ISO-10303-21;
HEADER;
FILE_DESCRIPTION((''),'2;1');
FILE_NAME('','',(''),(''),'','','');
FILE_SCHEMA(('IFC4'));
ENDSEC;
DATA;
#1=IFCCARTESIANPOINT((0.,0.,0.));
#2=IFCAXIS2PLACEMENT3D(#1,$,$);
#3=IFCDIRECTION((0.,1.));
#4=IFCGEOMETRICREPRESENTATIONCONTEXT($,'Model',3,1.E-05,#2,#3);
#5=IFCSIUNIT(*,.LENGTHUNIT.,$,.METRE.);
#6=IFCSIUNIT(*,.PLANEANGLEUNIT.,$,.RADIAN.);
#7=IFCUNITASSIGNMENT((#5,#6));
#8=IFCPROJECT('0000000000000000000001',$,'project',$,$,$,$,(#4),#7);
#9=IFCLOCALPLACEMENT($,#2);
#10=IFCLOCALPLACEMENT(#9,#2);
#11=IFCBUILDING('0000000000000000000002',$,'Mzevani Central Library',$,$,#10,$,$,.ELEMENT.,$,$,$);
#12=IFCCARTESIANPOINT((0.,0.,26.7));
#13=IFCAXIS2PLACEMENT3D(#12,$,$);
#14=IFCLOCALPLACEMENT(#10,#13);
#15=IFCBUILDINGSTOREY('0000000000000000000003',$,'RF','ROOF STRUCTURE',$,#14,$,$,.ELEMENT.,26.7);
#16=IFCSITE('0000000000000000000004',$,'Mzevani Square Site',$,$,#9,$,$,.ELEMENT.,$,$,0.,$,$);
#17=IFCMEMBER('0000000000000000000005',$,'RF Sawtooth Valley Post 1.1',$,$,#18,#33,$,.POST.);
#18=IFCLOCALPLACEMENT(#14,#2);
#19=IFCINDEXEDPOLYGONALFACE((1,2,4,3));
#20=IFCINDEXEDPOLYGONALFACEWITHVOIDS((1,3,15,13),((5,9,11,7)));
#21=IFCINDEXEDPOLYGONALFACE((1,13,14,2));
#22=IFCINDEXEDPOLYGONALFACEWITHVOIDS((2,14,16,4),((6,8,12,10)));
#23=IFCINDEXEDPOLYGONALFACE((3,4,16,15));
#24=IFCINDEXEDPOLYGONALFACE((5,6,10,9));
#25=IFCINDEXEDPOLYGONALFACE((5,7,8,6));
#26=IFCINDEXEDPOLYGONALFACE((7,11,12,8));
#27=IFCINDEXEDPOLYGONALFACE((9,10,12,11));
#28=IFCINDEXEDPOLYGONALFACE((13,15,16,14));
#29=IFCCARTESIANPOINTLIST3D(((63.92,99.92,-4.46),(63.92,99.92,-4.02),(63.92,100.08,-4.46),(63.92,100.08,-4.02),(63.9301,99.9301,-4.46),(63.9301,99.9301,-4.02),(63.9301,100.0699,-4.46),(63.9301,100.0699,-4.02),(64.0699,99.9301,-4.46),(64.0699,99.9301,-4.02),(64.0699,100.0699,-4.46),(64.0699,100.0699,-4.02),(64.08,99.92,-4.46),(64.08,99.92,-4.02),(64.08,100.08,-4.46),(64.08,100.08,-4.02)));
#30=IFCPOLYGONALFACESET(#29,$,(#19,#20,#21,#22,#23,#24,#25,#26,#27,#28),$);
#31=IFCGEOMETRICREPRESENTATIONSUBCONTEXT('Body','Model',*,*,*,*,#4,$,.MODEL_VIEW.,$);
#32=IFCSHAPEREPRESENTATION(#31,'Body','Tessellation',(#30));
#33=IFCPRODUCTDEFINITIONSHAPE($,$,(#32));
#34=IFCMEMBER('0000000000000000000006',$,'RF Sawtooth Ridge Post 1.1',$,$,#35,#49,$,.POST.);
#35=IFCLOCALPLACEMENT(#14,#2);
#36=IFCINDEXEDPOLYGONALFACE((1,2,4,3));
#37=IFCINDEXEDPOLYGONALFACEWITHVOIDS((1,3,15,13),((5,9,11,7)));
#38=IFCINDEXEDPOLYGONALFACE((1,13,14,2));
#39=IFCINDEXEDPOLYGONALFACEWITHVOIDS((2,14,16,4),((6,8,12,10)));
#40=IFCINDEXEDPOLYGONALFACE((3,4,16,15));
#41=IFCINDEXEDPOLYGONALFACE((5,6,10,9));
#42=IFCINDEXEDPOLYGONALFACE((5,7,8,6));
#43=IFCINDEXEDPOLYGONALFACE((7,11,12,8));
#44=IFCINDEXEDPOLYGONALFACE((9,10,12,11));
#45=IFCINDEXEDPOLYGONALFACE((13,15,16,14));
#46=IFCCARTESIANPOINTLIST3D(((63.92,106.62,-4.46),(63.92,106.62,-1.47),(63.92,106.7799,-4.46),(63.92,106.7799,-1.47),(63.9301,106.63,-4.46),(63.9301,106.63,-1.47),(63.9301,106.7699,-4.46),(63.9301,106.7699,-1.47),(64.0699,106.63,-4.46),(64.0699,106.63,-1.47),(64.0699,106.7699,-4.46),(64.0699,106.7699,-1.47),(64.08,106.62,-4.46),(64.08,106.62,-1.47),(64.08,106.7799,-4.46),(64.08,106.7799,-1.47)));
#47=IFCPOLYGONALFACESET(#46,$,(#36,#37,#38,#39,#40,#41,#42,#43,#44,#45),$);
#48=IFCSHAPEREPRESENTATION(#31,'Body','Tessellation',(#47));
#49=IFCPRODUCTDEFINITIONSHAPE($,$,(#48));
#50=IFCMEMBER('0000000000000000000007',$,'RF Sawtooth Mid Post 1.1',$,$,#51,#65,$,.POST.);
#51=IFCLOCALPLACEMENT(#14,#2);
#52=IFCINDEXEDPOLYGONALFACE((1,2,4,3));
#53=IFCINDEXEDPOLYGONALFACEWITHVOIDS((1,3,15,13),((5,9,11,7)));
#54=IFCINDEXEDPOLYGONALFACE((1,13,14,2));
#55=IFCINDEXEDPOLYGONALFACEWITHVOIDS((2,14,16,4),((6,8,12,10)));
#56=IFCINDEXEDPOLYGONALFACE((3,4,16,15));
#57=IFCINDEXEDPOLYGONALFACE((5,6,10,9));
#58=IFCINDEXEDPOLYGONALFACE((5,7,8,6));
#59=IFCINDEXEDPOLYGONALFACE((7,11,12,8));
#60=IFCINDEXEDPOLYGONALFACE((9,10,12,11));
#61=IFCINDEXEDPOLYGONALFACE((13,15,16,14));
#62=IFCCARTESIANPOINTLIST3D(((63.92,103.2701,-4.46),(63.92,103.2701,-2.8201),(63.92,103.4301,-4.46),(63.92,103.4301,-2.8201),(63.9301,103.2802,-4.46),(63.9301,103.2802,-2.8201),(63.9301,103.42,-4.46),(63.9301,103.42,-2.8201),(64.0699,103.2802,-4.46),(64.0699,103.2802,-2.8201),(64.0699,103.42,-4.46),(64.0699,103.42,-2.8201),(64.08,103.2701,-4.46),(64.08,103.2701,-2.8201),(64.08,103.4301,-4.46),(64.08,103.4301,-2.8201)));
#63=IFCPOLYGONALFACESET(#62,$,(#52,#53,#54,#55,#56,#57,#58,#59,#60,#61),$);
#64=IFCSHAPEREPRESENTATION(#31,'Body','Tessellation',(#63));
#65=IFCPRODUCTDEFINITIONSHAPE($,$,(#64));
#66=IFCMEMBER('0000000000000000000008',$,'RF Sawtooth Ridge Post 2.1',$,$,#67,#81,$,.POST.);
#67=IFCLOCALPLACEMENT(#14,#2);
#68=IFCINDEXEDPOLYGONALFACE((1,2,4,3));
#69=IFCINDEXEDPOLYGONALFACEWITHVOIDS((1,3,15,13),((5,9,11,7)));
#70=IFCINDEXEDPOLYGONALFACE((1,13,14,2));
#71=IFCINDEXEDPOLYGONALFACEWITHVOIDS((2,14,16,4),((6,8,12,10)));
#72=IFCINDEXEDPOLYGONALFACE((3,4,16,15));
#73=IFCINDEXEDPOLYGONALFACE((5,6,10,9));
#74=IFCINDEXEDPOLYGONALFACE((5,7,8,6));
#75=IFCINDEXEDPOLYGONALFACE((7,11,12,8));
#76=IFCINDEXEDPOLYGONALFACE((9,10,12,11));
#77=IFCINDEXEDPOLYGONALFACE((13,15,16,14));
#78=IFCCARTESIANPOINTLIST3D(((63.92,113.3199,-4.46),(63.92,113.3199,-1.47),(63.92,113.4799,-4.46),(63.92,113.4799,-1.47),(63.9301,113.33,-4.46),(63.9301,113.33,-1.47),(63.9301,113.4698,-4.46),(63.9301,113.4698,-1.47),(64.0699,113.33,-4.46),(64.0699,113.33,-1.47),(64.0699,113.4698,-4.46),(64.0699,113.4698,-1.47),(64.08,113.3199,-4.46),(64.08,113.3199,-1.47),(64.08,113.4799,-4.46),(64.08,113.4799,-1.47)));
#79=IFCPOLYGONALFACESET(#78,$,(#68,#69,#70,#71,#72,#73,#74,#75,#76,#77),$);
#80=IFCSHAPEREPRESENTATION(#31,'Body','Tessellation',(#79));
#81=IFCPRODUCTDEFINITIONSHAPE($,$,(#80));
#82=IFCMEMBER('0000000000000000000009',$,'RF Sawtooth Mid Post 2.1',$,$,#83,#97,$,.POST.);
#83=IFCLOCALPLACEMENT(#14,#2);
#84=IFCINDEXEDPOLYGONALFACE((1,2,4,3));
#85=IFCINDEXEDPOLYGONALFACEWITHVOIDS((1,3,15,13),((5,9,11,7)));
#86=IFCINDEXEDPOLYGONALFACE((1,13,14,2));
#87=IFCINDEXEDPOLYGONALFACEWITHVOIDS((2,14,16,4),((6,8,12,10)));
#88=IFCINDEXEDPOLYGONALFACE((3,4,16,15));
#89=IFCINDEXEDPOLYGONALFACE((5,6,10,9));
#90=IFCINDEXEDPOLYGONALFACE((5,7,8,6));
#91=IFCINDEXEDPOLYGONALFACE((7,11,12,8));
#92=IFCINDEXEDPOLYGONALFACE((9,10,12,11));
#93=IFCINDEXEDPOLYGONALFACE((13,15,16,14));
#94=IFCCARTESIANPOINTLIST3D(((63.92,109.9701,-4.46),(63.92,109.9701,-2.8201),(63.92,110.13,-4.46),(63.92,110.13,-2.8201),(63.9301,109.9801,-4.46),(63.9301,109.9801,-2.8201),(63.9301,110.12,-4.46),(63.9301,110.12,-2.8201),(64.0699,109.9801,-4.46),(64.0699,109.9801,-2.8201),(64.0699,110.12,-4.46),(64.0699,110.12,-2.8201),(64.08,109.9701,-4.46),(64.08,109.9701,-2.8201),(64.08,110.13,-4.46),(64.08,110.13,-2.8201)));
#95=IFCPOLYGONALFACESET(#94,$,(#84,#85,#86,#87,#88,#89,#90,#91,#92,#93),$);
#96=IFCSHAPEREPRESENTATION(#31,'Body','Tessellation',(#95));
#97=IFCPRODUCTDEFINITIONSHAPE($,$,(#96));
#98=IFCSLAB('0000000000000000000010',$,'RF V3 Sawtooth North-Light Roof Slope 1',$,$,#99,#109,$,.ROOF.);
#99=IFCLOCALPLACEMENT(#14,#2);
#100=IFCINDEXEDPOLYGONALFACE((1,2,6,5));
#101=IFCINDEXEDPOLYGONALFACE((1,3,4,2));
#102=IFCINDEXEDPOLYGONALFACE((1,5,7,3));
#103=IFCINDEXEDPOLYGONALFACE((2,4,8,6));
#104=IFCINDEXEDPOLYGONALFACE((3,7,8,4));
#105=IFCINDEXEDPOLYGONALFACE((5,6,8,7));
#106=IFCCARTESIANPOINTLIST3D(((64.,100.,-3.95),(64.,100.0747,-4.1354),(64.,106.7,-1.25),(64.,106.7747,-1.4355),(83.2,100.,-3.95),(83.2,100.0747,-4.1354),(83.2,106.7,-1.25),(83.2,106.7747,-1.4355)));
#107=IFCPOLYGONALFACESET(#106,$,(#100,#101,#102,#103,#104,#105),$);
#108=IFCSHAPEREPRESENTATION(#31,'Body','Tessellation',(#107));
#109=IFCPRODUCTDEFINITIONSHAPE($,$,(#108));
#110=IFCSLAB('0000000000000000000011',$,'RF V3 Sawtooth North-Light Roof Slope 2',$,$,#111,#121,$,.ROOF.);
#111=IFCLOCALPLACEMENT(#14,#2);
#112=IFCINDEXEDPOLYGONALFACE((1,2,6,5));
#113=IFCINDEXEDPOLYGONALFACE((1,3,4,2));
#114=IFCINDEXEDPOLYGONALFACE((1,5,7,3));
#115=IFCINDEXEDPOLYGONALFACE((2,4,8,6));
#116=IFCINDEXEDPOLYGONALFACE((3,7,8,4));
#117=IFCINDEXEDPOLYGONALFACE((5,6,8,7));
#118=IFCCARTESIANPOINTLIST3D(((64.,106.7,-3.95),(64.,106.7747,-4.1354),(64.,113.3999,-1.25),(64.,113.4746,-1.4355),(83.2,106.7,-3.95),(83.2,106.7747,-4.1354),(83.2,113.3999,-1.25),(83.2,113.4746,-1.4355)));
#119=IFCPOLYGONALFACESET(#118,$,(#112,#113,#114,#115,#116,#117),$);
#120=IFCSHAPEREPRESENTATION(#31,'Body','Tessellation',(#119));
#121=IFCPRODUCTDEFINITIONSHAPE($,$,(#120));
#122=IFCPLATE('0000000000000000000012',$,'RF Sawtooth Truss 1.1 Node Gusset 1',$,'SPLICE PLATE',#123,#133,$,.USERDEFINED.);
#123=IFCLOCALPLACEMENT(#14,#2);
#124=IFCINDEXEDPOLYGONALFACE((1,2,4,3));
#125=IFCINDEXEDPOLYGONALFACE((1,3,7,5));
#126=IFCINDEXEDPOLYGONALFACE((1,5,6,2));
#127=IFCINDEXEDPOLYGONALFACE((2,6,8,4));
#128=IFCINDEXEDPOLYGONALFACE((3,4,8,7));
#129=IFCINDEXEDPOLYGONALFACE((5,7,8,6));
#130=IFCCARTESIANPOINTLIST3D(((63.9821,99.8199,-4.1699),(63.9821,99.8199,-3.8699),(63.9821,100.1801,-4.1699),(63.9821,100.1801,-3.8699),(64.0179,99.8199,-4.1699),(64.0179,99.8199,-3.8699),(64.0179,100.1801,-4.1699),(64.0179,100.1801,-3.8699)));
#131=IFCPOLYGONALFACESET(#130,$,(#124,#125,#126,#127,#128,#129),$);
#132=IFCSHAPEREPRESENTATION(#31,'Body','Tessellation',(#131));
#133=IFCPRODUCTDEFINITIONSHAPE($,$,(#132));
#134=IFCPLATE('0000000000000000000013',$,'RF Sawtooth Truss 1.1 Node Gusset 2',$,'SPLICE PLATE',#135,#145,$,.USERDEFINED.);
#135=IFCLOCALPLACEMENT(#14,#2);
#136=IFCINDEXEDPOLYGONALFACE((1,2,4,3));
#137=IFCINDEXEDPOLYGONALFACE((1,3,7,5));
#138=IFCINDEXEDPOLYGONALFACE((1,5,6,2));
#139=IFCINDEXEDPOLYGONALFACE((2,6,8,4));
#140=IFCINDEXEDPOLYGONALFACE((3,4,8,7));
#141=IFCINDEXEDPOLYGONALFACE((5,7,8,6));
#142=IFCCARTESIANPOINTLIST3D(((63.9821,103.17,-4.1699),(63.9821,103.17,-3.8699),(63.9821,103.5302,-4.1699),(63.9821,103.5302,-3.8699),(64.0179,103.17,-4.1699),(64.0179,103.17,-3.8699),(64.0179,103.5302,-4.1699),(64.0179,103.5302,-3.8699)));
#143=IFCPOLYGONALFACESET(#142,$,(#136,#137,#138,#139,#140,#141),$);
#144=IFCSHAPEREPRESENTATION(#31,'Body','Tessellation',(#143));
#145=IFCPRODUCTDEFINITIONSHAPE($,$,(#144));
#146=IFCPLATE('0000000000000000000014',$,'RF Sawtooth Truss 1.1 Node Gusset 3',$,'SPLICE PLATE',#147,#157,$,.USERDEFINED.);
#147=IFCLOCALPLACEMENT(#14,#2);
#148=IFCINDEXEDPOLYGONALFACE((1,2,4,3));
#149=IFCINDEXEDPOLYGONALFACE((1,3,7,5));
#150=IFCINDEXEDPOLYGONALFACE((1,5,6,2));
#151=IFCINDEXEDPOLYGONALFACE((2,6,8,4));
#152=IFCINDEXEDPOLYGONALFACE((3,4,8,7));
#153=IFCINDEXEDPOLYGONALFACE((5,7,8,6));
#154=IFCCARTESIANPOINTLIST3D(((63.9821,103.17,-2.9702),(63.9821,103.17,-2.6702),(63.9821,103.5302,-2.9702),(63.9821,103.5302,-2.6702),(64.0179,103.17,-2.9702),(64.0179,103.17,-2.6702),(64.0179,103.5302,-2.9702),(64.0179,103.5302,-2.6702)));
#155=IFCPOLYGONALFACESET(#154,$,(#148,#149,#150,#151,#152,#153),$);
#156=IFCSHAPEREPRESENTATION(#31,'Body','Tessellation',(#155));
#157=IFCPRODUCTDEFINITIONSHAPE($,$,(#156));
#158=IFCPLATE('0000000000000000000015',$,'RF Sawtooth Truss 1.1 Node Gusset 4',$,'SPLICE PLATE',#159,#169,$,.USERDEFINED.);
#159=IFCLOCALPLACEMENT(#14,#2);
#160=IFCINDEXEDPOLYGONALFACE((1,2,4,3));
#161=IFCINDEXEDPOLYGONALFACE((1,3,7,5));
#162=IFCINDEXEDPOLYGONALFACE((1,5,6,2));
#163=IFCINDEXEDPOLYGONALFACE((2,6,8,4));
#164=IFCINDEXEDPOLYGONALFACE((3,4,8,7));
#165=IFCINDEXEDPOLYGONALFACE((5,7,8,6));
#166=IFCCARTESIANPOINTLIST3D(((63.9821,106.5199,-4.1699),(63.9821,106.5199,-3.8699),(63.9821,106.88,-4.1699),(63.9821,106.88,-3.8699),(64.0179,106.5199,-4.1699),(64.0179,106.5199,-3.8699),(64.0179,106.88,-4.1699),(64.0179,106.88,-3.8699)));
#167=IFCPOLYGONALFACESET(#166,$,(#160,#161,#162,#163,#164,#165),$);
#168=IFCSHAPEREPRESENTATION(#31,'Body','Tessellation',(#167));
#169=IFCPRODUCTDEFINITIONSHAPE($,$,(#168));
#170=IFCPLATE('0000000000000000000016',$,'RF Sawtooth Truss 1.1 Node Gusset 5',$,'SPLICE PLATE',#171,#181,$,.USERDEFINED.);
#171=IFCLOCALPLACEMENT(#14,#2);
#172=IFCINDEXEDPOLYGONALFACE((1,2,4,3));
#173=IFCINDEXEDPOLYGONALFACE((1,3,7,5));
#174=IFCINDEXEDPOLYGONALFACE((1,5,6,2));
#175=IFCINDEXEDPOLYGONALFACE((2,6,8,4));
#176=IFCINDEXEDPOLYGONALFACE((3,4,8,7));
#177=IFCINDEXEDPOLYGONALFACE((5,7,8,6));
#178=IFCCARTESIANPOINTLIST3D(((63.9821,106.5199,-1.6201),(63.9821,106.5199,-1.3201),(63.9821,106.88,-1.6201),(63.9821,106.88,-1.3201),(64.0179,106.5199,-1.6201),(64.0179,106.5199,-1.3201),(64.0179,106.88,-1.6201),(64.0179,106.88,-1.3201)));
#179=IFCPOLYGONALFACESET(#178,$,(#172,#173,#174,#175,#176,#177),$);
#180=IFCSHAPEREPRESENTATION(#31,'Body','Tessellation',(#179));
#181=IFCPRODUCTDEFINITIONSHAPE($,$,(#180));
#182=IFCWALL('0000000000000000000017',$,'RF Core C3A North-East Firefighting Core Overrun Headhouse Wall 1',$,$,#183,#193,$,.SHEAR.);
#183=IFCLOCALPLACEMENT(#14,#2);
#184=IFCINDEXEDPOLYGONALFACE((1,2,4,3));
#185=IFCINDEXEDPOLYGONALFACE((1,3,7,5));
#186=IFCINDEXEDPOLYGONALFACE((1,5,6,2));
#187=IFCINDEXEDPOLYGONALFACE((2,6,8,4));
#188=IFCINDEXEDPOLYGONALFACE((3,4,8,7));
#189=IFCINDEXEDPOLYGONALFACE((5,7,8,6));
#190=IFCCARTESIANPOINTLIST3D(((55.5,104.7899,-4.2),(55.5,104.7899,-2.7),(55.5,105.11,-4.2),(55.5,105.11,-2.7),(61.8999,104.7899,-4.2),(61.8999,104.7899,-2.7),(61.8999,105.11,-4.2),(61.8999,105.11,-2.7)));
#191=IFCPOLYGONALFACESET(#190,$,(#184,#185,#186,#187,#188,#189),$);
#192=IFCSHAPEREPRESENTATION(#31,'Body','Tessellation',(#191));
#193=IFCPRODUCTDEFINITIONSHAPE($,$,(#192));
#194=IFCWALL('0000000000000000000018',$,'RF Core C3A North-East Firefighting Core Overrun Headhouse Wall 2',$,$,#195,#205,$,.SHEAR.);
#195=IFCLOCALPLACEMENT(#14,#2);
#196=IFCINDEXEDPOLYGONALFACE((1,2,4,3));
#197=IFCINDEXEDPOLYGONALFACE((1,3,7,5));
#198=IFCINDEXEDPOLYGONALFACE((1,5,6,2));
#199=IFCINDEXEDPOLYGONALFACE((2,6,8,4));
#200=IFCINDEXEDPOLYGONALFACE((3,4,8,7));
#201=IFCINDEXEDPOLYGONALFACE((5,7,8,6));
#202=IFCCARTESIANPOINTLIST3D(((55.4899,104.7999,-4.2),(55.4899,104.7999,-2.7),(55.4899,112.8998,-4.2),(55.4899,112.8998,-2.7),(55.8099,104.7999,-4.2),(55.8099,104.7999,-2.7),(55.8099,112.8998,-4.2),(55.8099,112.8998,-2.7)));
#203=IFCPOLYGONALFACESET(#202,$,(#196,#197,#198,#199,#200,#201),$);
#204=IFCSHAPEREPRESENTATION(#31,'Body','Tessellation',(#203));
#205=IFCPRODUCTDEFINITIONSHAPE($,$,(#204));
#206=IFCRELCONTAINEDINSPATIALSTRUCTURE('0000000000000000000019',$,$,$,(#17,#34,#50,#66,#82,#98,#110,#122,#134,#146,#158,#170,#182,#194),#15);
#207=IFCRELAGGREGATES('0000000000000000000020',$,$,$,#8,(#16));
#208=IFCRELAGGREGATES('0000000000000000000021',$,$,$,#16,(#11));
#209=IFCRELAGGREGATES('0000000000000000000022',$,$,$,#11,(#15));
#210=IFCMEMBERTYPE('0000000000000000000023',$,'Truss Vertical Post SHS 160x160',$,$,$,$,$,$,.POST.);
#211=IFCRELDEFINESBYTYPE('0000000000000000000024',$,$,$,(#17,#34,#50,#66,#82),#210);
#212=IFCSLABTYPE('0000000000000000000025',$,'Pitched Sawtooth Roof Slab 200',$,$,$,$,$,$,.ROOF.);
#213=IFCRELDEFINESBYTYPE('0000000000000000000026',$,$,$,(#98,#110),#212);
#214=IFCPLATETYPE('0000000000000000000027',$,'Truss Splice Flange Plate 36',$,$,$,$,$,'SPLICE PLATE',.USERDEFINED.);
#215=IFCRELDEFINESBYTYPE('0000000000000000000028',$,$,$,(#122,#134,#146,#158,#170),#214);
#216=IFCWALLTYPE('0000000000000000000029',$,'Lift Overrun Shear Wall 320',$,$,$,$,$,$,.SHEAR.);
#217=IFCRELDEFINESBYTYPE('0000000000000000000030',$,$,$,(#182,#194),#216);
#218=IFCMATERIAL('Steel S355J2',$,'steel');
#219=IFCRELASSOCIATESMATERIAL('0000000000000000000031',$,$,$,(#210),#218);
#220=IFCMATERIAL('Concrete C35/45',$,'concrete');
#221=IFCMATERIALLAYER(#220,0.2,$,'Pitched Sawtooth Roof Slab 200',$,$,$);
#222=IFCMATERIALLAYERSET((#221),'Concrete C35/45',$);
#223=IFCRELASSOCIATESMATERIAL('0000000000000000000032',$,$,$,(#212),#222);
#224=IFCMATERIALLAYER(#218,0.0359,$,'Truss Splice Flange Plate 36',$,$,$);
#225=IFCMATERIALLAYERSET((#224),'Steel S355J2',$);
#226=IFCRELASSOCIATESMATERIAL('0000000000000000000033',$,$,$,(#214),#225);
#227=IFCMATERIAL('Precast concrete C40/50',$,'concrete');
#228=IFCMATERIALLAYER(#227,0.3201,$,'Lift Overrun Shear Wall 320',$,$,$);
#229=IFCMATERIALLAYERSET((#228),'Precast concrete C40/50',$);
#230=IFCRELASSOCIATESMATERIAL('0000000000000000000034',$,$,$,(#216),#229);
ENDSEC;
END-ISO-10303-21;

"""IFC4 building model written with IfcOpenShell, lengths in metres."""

from ifc_helpers import new_model, si_unit, direction, frame, frame_2d, origin, origin_2d, place, context, subcontext, project, spatial, polyline, rectangle, hollow_rectangle, outline, extrude, material, layer, layer_set, material_profile, profile_set, type_object, element, save


model = new_model("IFC4")

# Units and contexts
model_context = context("Model", 3, precision=1e-05, world=origin(), true_north=direction((0.0, 1.0)))
body_context = subcontext(model_context, "Body", "Model", "MODEL_VIEW")
ifc_project = project(units=[si_unit("LENGTHUNIT", "METRE"), si_unit("PLANEANGLEUNIT", "RADIAN")], contexts=[model_context])

# Site, building, storey
site_placement = place(None, origin())
site = spatial("IfcSite", under=ifc_project, at=site_placement, Name="Mzevani Square Site", CompositionType="ELEMENT", RefElevation=0.0)
building_placement = place(site_placement, origin())
building = spatial("IfcBuilding", under=site, at=building_placement, Name="Mzevani Central Library", CompositionType="ELEMENT")
storey_placement = place(building_placement, frame((0.0, 0.0, 26.7)))
storey = spatial("IfcBuildingStorey", under=building, at=storey_placement, Name="RF", Description="ROOF STRUCTURE", CompositionType="ELEMENT", Elevation=26.7)

# Shared definitions
ifc_material_1 = material(Name="Concrete C35/45", Category="concrete")

# Shared definitions
ifc_material_2 = material(Name="Steel S355J2", Category="steel")

# Members
ifc_material_profile_1 = material_profile(ifc_material_2, hollow_rectangle(XDim=0.1599, YDim=0.1599, WallThickness=0.01, at=origin_2d()), Name="SHS 160x160x10.0")
ifc_profile_set_1 = profile_set([ifc_material_profile_1], Name="Steel S355J2")
member_type_1 = type_object("IfcMemberType", Name="Truss Vertical Post SHS 160x160", PredefinedType="POST", material=ifc_profile_set_1)
member_1_placement = place(storey_placement, frame((64.0, 100.0, -4.46), z_axis=(0.0, 0.0, 1.0), x_axis=(1.0, 0.0, 0.0)))
element("IfcMember", 1, at=member_1_placement, inside=storey, type_object=member_type_1, Name="RF Sawtooth Valley Post 1.1", PredefinedType="POST", context=body_context, shape_type="SweptSolid", body=[
    extrude(hollow_rectangle(XDim=0.1599, YDim=0.1599, WallThickness=0.01, at=origin_2d()), origin(), (0.0, 0.0, 1.0), 0.4399),
])
member_2_placement = place(storey_placement, frame((64.0, 106.7, -4.46), z_axis=(0.0, 0.0, 1.0), x_axis=(1.0, 0.0, 0.0)))
element("IfcMember", 2, at=member_2_placement, inside=storey, type_object=member_type_1, Name="RF Sawtooth Ridge Post 1.1", PredefinedType="POST", context=body_context, shape_type="SweptSolid", body=[
    extrude(hollow_rectangle(XDim=0.1599, YDim=0.1599, WallThickness=0.01, at=origin_2d()), origin(), (0.0, 0.0, 1.0), 2.99),
])
member_3_placement = place(storey_placement, frame((64.0, 103.3501, -4.46), z_axis=(0.0, 0.0, 1.0), x_axis=(1.0, 0.0, 0.0)))
element("IfcMember", 3, at=member_3_placement, inside=storey, type_object=member_type_1, Name="RF Sawtooth Mid Post 1.1", PredefinedType="POST", context=body_context, shape_type="SweptSolid", body=[
    extrude(hollow_rectangle(XDim=0.1599, YDim=0.1599, WallThickness=0.01, at=origin_2d()), origin(), (0.0, 0.0, 1.0), 1.6399),
])
member_4_placement = place(storey_placement, frame((64.0, 113.3999, -4.46), z_axis=(0.0, 0.0, 1.0), x_axis=(1.0, 0.0, 0.0)))
element("IfcMember", 4, at=member_4_placement, inside=storey, type_object=member_type_1, Name="RF Sawtooth Ridge Post 2.1", PredefinedType="POST", context=body_context, shape_type="SweptSolid", body=[
    extrude(hollow_rectangle(XDim=0.1599, YDim=0.1599, WallThickness=0.01, at=origin_2d()), origin(), (0.0, 0.0, 1.0), 2.99),
])
member_5_placement = place(storey_placement, frame((64.0, 110.05, -4.46), z_axis=(0.0, 0.0, 1.0), x_axis=(1.0, 0.0, 0.0)))
element("IfcMember", 5, at=member_5_placement, inside=storey, type_object=member_type_1, Name="RF Sawtooth Mid Post 2.1", PredefinedType="POST", context=body_context, shape_type="SweptSolid", body=[
    extrude(hollow_rectangle(XDim=0.1599, YDim=0.1599, WallThickness=0.01, at=origin_2d()), origin(), (0.0, 0.0, 1.0), 1.6399),
])

# Slabs
ifc_layer_1 = layer(ifc_material_1, 0.2, Name="Pitched Sawtooth Roof Slab 200")
ifc_layer_set_1 = layer_set([ifc_layer_1], Name="Concrete C35/45")
slab_type = type_object("IfcSlabType", Name="Pitched Sawtooth Roof Slab 200", PredefinedType="ROOF", material=ifc_layer_set_1)
for number, where, z_axis, x_axis, name in (
    (6, (64.0, 100.0, -3.95), (0.0, -0.373773, 0.92752), (1.0, 0.0, 0.0), "RF V3 Sawtooth North-Light Roof Slope 1"),
    (7, (64.0, 106.7, -3.95), (0.0, -0.373773, 0.92752), (1.0, 0.0, 0.0), "RF V3 Sawtooth North-Light Roof Slope 2"),
):
    element("IfcSlab", number, at=place(storey_placement, frame(where, z_axis=z_axis, x_axis=x_axis)), inside=storey, type_object=slab_type, Name=name, PredefinedType="ROOF", context=body_context, shape_type="SweptSolid", body=[
        extrude(outline(polyline([(0.0, 0.0), (19.2, 0.0), (19.2, 7.2235), (0.0, 7.2235), (0.0, 0.0)])), origin(), (0.0, 0.0, -1.0), 0.2),
    ])

# Plates
ifc_layer_2 = layer(ifc_material_2, 0.0359, Name="Truss Splice Flange Plate 36")
ifc_layer_set_2 = layer_set([ifc_layer_2], Name="Steel S355J2")
plate_type = type_object("IfcPlateType", Name="Truss Splice Flange Plate 36", ElementType="SPLICE PLATE", PredefinedType="USERDEFINED", material=ifc_layer_set_2)
for number, where, z_axis, x_axis, name in (
    (8, (64.0, 100.0, -4.1699), (0.0, 0.0, 1.0), (1.0, 0.0, 0.0), "RF Sawtooth Truss 1.1 Node Gusset 1"),
    (9, (64.0, 103.3501, -4.1699), (0.0, 0.0, 1.0), (1.0, 0.0, 0.0), "RF Sawtooth Truss 1.1 Node Gusset 2"),
    (10, (64.0, 103.3501, -2.9702), (0.0, 0.0, 1.0), (1.0, 0.0, 0.0), "RF Sawtooth Truss 1.1 Node Gusset 3"),
    (11, (64.0, 106.7, -4.1699), (0.0, 0.0, 1.0), (1.0, 0.0, 0.0), "RF Sawtooth Truss 1.1 Node Gusset 4"),
    (12, (64.0, 106.7, -1.6201), (0.0, 0.0, 1.0), (1.0, 0.0, 0.0), "RF Sawtooth Truss 1.1 Node Gusset 5"),
):
    element("IfcPlate", number, at=place(storey_placement, frame(where, z_axis=z_axis, x_axis=x_axis)), inside=storey, type_object=plate_type, Name=name, ObjectType="SPLICE PLATE", PredefinedType="USERDEFINED", context=body_context, shape_type="SweptSolid", body=[
        extrude(rectangle(XDim=0.0359, YDim=0.3601, at=origin_2d()), origin(), (0.0, 0.0, 1.0), 0.3),
    ])

# Walls
ifc_material_3 = material(Name="Precast concrete C40/50", Category="concrete")
ifc_layer_3 = layer(ifc_material_3, 0.3201, Name="Lift Overrun Shear Wall 320")
ifc_layer_set_3 = layer_set([ifc_layer_3], Name="Precast concrete C40/50")
wall_type_1 = type_object("IfcWallType", Name="Lift Overrun Shear Wall 320", PredefinedType="SHEAR", material=ifc_layer_set_3)
wall_1_placement = place(storey_placement, frame((61.8999, 104.95, -4.2), z_axis=(0.0, 0.0, 1.0), x_axis=(-1.0, 0.0, 0.0)))
element("IfcWall", 13, at=wall_1_placement, inside=storey, type_object=wall_type_1, Name="RF Core C3A North-East Firefighting Core Overrun Headhouse Wall 1", PredefinedType="SHEAR", context=body_context, shape_type="SweptSolid", body=[
    extrude(rectangle(XDim=6.3999, YDim=0.3201, at=frame_2d((3.2, 0.0))), origin(), (0.0, 0.0, 1.0), 1.5),
])
wall_2_placement = place(storey_placement, frame((55.6499, 104.8, -4.2), z_axis=(0.0, 0.0, 1.0), x_axis=(0.0, 1.0, 0.0)))
element("IfcWall", 14, at=wall_2_placement, inside=storey, type_object=wall_type_1, Name="RF Core C3A North-East Firefighting Core Overrun Headhouse Wall 2", PredefinedType="SHEAR", context=body_context, shape_type="SweptSolid", body=[
    extrude(rectangle(XDim=8.0999, YDim=0.3201, at=frame_2d((4.0498, 0.0))), origin(), (0.0, 0.0, 1.0), 1.5),
])

save(model, "model.ifc")
